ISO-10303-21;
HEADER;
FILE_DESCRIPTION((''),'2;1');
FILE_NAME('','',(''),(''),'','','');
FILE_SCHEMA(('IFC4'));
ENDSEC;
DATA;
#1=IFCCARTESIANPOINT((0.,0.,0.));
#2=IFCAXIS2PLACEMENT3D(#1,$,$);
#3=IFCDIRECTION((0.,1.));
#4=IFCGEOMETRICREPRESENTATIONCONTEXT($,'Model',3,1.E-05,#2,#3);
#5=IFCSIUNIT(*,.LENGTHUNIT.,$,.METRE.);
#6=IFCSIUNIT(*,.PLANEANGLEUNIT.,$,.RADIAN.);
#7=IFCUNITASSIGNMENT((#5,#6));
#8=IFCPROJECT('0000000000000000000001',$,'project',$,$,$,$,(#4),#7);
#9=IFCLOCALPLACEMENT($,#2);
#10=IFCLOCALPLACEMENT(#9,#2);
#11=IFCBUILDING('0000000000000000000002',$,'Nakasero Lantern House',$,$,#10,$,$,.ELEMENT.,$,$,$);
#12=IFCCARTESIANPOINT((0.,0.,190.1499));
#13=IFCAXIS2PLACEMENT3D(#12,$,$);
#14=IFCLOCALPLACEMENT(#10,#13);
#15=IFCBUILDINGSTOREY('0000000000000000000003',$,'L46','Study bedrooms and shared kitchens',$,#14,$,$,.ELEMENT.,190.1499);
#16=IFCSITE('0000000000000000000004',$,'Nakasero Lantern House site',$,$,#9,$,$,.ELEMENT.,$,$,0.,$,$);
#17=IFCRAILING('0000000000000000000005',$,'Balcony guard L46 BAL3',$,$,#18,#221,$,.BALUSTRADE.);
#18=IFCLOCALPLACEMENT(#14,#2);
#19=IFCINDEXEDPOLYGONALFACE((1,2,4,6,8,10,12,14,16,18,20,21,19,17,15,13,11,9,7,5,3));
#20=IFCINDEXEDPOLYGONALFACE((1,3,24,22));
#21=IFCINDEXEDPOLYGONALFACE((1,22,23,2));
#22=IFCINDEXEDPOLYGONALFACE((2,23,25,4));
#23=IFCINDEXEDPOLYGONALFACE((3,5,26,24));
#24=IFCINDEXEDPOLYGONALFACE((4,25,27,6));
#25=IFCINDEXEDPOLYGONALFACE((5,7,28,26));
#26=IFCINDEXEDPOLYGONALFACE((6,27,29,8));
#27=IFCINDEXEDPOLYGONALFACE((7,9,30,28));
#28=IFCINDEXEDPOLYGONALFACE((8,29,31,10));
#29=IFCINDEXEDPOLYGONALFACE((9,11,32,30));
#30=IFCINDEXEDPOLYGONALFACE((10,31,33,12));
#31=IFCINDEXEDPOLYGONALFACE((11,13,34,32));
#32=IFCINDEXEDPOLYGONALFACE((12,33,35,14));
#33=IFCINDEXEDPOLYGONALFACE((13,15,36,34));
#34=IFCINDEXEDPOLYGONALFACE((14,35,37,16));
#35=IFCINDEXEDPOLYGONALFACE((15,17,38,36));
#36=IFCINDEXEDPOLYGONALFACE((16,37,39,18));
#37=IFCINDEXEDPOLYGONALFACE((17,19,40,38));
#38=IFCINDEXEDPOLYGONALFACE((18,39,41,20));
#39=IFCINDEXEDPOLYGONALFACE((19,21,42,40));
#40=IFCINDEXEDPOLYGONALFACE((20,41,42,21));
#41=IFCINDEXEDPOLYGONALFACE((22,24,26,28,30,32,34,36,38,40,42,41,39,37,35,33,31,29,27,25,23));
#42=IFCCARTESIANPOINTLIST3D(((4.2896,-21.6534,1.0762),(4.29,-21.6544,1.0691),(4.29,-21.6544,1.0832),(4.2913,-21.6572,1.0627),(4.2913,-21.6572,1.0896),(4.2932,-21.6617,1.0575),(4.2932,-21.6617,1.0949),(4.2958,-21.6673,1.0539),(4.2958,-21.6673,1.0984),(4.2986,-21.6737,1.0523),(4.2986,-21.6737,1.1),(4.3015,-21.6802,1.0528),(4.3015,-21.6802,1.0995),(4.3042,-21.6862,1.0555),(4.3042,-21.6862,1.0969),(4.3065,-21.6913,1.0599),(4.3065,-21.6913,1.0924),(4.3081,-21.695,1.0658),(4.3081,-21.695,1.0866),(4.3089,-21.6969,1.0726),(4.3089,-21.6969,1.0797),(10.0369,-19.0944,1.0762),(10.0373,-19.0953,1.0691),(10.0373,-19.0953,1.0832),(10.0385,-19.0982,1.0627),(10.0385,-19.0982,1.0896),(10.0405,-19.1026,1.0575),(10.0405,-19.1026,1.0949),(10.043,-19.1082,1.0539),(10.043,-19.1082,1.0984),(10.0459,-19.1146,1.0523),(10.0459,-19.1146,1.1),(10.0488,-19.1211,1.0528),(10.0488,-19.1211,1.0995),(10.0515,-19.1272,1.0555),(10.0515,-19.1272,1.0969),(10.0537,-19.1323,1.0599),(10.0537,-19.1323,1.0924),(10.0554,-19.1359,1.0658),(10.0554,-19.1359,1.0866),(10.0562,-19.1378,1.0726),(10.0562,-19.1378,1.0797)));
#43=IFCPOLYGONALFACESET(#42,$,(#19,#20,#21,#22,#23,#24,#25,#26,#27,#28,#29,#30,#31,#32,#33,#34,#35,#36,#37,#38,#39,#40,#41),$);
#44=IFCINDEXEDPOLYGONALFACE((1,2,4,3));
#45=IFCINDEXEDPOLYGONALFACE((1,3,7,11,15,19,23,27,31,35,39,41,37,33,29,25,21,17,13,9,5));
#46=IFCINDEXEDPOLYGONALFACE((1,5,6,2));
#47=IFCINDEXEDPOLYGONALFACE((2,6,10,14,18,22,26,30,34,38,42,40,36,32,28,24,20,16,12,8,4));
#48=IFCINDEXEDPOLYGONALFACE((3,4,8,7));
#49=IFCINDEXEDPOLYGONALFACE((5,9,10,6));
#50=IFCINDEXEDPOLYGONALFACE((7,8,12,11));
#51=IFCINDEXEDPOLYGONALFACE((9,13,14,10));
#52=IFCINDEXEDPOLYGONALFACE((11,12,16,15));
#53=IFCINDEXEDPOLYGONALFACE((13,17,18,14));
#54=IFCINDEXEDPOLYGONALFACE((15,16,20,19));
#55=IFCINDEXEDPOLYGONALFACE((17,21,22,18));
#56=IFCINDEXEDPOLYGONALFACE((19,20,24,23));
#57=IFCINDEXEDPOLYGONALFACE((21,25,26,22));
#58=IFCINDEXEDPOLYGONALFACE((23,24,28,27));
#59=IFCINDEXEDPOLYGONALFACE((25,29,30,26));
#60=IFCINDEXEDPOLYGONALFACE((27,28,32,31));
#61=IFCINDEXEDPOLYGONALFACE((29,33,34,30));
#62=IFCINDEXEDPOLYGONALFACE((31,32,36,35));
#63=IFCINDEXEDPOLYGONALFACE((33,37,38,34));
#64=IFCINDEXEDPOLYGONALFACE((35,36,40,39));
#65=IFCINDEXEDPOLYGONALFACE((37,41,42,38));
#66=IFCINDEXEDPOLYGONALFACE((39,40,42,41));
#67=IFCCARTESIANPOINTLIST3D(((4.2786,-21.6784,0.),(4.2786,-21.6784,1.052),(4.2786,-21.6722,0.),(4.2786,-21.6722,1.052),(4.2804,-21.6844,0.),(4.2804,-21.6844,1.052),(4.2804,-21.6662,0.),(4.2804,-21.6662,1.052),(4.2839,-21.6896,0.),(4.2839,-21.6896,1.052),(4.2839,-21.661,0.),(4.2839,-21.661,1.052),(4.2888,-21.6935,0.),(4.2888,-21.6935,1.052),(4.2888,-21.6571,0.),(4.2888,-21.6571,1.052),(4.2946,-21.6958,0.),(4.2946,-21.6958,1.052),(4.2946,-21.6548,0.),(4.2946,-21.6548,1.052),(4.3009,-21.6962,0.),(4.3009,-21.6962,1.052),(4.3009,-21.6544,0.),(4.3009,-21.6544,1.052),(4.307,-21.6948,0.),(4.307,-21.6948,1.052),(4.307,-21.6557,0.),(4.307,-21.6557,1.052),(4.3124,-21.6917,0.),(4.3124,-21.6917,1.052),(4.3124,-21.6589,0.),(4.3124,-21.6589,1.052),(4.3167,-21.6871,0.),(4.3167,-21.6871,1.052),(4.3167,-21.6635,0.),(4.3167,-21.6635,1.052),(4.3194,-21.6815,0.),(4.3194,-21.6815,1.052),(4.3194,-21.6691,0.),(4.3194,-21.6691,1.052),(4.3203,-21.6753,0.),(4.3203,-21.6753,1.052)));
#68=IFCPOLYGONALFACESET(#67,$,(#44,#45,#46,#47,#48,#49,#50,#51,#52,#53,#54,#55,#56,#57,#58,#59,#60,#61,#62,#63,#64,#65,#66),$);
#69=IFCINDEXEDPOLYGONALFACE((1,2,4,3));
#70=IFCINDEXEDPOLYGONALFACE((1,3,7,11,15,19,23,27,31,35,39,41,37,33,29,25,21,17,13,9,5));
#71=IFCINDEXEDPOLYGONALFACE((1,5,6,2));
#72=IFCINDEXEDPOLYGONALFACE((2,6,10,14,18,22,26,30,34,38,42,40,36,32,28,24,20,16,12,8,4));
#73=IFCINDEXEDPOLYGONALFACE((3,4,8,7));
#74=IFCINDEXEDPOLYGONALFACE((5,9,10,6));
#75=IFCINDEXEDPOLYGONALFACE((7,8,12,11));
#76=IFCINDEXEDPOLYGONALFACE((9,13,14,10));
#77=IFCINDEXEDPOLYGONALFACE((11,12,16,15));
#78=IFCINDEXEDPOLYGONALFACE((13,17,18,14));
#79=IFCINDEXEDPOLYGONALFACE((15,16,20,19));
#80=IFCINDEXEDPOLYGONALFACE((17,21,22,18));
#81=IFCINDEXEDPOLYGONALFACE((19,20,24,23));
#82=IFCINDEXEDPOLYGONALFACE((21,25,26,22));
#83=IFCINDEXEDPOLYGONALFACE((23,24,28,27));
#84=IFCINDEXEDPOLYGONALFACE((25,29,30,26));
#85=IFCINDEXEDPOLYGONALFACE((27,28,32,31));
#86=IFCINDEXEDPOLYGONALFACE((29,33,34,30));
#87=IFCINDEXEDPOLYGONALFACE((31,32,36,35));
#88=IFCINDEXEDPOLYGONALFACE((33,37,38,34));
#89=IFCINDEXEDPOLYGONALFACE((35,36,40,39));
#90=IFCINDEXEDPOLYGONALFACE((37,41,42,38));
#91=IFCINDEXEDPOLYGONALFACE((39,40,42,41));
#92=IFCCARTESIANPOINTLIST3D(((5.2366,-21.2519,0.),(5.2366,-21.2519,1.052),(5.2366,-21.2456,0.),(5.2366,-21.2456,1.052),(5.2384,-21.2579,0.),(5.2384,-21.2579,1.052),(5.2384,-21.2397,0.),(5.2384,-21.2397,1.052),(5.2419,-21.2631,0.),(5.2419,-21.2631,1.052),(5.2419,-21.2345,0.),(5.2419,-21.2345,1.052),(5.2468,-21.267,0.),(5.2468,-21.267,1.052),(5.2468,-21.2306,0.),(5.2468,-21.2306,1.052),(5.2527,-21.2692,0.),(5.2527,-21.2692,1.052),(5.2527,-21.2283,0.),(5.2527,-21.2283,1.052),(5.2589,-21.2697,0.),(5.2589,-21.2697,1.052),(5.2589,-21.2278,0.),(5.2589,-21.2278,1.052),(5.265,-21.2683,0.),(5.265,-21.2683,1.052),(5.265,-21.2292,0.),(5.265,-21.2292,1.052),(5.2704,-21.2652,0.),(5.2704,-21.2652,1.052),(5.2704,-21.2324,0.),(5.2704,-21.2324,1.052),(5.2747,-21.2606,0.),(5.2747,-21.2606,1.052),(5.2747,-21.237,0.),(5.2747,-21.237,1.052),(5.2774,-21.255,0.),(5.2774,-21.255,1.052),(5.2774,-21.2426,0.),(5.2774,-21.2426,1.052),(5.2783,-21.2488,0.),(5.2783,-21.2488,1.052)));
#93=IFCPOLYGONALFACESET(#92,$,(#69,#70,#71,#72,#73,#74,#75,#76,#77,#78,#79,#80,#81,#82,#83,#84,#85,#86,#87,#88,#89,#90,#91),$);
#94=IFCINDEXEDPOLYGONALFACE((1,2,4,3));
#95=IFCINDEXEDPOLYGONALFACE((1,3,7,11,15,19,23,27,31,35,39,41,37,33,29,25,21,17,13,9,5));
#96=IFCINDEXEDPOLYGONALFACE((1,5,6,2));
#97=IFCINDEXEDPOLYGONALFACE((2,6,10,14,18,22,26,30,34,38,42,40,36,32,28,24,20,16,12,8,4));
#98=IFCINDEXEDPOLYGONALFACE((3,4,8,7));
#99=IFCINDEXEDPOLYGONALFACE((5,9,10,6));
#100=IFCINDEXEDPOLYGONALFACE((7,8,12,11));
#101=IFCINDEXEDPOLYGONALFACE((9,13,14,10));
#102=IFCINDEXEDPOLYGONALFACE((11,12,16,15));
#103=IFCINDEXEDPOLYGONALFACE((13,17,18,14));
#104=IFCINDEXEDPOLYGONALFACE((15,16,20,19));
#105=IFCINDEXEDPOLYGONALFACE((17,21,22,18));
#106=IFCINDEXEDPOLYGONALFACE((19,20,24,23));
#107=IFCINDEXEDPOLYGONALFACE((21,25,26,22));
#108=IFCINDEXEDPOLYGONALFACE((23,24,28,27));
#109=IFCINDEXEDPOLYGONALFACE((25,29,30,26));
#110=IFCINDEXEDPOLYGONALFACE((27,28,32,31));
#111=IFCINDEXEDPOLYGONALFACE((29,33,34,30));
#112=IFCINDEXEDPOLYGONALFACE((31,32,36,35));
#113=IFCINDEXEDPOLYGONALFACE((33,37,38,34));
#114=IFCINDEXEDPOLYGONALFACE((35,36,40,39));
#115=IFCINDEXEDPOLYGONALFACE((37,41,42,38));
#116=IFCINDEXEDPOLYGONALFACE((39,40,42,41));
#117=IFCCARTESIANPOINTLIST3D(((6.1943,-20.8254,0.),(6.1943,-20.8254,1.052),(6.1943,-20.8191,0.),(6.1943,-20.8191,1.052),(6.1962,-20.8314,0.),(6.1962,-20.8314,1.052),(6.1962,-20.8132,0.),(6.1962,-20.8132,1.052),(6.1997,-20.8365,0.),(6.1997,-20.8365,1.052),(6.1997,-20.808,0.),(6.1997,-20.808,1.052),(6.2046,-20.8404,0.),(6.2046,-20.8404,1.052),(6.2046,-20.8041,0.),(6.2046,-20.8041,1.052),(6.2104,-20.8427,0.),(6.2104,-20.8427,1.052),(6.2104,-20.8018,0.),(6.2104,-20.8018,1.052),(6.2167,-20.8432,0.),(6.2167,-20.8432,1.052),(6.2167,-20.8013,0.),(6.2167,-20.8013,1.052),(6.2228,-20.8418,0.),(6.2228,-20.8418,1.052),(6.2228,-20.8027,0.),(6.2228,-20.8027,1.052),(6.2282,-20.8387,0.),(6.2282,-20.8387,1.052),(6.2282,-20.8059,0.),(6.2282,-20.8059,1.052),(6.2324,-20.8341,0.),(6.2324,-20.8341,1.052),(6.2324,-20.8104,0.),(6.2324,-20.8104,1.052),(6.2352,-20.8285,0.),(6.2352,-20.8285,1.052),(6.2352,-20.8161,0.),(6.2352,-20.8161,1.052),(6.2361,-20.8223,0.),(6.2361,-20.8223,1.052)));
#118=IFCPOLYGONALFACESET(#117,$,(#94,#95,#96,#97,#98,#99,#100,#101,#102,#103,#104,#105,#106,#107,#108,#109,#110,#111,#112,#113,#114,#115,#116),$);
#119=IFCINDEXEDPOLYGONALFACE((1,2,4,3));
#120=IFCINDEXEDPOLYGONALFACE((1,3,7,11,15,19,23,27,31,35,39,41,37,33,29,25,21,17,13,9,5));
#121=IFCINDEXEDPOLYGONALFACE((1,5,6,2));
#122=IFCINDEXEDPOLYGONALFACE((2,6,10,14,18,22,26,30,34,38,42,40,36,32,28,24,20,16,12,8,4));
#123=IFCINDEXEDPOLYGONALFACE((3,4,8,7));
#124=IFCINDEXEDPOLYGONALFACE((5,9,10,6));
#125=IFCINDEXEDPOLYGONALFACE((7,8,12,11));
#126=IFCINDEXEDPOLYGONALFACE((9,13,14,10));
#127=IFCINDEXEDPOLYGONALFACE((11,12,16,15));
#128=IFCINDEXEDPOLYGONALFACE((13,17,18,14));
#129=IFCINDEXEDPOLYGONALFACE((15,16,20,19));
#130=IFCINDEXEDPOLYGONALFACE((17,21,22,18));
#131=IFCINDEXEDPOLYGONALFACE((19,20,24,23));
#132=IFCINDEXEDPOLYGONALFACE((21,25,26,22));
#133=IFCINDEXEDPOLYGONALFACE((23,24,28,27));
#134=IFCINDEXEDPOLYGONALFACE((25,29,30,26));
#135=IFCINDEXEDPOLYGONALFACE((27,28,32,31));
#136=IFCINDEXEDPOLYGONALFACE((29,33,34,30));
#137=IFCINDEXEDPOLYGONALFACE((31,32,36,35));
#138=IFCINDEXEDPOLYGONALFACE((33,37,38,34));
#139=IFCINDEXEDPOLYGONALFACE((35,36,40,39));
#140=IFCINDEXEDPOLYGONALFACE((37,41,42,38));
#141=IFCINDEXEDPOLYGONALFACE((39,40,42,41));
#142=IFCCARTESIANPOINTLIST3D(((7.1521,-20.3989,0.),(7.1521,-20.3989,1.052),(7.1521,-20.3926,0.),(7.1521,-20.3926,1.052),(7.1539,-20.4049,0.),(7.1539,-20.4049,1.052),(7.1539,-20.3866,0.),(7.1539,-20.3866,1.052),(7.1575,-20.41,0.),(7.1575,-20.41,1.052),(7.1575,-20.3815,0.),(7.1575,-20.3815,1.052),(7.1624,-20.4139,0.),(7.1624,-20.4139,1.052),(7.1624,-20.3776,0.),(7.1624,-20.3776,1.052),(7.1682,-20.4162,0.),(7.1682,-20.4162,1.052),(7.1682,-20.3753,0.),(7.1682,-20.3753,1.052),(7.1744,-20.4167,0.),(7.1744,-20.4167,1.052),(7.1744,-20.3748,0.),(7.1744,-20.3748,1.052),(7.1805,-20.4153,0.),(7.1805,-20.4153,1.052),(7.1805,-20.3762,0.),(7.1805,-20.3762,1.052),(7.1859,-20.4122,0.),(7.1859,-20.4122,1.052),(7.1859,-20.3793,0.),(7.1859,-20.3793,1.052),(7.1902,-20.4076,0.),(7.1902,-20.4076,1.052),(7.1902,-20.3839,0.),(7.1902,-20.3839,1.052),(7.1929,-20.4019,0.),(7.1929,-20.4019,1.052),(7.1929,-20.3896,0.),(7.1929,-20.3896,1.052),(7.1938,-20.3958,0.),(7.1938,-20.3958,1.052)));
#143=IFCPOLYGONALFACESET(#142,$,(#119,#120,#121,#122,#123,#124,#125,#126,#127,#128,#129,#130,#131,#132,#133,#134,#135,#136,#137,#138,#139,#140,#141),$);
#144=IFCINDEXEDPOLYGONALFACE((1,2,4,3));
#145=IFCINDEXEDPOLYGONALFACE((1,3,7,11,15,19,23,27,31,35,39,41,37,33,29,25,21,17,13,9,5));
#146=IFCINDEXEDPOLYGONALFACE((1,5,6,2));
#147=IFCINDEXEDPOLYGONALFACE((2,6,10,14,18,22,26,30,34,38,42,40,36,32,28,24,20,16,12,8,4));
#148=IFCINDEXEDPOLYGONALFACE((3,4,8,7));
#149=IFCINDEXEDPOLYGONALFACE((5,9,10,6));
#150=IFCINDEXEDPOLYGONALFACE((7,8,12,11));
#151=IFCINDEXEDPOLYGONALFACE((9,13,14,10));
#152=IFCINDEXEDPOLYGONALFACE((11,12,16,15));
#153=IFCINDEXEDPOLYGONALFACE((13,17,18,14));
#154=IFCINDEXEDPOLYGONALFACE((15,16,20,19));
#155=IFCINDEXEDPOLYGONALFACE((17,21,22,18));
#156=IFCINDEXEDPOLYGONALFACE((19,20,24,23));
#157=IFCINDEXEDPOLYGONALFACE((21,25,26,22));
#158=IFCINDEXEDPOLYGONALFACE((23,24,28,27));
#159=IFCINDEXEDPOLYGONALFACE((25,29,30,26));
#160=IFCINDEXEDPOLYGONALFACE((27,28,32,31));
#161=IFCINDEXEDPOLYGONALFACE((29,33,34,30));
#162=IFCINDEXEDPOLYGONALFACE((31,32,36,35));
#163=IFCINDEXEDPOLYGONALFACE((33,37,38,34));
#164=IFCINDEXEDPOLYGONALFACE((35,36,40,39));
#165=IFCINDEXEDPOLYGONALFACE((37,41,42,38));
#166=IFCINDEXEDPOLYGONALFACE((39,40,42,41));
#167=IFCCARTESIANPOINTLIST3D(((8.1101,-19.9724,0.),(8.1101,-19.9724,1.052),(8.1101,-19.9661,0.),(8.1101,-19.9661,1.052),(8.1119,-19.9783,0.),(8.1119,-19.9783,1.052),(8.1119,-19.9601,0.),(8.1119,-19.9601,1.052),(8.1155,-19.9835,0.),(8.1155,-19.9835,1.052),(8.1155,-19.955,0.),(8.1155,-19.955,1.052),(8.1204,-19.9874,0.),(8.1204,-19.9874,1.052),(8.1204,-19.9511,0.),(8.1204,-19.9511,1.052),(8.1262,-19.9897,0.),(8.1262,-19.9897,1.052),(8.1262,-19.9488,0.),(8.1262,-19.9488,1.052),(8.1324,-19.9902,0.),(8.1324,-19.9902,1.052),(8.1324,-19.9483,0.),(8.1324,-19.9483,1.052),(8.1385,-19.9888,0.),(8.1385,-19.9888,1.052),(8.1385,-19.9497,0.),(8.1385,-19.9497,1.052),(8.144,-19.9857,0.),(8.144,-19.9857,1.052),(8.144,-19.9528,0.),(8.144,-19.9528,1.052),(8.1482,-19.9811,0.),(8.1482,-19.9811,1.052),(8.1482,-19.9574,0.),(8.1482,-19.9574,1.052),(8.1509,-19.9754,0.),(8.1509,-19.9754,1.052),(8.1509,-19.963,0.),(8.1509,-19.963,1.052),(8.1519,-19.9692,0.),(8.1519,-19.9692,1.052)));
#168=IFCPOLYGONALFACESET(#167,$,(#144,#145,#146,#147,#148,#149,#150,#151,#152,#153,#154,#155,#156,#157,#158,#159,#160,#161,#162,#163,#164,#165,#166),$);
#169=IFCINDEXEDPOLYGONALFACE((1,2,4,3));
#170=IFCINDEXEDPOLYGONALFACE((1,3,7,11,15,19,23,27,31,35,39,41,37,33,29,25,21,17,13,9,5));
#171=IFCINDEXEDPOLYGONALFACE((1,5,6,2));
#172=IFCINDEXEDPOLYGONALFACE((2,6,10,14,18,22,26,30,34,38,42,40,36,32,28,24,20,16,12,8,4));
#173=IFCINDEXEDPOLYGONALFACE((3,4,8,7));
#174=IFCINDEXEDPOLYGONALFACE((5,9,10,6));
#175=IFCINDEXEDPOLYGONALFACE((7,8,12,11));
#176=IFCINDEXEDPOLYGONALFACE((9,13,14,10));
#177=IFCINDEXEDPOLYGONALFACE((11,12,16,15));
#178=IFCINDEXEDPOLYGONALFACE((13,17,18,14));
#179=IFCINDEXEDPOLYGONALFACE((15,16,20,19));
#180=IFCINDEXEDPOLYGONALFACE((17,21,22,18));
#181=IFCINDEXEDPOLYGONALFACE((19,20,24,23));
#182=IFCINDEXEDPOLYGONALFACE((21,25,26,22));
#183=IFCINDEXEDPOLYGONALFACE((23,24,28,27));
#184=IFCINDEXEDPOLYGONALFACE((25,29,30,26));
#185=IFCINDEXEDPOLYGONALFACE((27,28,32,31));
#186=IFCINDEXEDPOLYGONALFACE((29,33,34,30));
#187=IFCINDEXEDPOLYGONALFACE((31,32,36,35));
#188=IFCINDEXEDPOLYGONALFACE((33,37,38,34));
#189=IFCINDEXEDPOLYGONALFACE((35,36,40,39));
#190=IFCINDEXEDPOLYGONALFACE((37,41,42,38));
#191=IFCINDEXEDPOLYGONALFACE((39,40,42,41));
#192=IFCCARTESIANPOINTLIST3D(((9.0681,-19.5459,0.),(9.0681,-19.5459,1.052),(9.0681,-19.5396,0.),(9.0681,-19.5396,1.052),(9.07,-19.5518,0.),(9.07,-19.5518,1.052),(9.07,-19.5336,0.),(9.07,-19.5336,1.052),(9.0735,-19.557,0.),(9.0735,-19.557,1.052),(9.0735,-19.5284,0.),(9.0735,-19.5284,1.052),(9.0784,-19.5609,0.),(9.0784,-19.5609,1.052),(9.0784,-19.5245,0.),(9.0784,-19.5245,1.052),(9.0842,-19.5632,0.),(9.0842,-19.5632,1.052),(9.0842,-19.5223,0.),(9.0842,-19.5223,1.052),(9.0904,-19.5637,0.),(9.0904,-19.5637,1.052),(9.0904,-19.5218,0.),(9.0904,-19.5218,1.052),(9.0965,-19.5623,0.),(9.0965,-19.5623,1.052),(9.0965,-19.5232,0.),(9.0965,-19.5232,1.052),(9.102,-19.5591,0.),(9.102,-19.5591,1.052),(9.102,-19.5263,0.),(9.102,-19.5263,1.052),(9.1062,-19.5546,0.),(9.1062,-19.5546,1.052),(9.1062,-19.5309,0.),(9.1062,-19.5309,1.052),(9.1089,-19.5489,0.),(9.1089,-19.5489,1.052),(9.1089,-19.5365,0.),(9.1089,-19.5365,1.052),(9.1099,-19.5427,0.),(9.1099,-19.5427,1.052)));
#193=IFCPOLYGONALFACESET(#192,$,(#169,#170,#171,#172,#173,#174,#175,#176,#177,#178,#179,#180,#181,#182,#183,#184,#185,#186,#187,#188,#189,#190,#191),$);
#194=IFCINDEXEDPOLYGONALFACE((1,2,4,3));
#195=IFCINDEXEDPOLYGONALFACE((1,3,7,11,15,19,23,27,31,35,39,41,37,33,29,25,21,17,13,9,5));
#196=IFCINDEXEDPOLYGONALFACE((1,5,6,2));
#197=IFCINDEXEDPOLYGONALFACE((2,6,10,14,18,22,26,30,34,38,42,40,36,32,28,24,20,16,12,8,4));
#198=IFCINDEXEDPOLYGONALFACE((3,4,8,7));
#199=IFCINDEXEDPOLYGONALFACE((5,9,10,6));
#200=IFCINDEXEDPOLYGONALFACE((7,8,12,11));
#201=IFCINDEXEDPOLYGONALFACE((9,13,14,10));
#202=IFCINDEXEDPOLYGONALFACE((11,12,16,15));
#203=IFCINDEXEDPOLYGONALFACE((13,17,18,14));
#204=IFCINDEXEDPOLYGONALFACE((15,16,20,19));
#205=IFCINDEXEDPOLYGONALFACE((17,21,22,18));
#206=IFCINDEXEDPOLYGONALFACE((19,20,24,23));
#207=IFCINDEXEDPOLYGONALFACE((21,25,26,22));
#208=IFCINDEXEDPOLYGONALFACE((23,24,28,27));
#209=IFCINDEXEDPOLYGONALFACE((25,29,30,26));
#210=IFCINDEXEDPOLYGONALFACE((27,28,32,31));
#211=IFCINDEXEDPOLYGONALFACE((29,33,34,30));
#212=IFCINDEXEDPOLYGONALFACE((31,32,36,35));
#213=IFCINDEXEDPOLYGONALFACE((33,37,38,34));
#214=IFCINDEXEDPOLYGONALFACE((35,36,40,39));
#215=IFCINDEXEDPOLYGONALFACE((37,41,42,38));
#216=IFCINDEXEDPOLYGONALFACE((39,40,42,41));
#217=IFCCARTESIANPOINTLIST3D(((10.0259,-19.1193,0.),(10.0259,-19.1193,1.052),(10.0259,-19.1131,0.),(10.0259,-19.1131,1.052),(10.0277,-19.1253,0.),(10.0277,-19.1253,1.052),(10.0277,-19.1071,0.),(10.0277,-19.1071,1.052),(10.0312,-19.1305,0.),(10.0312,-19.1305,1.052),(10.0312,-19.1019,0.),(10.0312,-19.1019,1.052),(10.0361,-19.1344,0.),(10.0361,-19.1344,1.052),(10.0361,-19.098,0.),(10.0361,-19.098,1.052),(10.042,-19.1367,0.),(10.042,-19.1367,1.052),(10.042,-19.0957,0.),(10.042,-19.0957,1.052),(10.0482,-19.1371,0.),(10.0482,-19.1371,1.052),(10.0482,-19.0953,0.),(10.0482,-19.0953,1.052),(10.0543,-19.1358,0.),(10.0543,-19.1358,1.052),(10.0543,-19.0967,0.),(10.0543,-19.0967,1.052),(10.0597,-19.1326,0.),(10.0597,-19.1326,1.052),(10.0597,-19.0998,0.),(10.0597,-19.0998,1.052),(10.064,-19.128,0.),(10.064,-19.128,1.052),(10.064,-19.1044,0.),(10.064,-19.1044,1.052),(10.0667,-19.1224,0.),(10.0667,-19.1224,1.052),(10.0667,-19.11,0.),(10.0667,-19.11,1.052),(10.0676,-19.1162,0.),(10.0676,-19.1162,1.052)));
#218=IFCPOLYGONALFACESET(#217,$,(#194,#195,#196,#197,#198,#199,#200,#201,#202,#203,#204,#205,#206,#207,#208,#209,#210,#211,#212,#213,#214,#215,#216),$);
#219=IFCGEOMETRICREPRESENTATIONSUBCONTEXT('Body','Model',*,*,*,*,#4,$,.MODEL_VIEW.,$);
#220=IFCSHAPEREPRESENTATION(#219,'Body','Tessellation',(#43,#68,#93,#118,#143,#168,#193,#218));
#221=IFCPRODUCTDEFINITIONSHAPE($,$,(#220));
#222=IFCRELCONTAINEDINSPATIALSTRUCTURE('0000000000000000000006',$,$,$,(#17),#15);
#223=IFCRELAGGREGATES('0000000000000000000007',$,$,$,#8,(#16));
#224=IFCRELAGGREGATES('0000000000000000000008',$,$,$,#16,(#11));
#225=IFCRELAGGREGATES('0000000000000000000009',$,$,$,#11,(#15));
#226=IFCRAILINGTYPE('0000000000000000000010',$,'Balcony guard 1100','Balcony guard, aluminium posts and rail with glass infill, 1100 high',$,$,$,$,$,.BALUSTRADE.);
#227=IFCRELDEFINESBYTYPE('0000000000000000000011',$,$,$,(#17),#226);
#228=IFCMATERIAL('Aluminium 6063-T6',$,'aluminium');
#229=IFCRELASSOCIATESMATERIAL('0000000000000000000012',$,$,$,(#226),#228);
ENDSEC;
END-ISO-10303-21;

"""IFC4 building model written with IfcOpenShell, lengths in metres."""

from ifc_helpers import new_model, si_unit, direction, frame, origin, origin_2d, place, context, subcontext, project, spatial, circle, extrude, material, type_object, element, save


model = new_model("IFC4")

# Units and contexts
model_context = context("Model", 3, precision=1e-05, world=origin(), true_north=direction((0.0, 1.0)))
body_context = subcontext(model_context, "Body", "Model", "MODEL_VIEW")
ifc_project = project(units=[si_unit("LENGTHUNIT", "METRE"), si_unit("PLANEANGLEUNIT", "RADIAN")], contexts=[model_context])

# Site, building, storey
site_placement = place(None, origin())
site = spatial("IfcSite", under=ifc_project, at=site_placement, Name="Nakasero Lantern House site", CompositionType="ELEMENT", RefElevation=0.0)
building_placement = place(site_placement, origin())
building = spatial("IfcBuilding", under=site, at=building_placement, Name="Nakasero Lantern House", CompositionType="ELEMENT")
storey_placement = place(building_placement, frame((0.0, 0.0, 190.1499)))
storey = spatial("IfcBuildingStorey", under=building, at=storey_placement, Name="L46", Description="Study bedrooms and shared kitchens", CompositionType="ELEMENT", Elevation=190.1499)

# Railing
ifc_material_1 = material(Name="Aluminium 6063-T6", Category="aluminium")
railing_type = type_object("IfcRailingType", Name="Balcony guard 1100", Description="Balcony guard, aluminium posts and rail with glass infill, 1100 high", PredefinedType="BALUSTRADE", material=ifc_material_1)
railing_placement = place(storey_placement, frame((4.2993, -21.6753, 0.0)))
element("IfcRailing", 1, at=railing_placement, inside=storey, type_object=railing_type, Name="Balcony guard L46 BAL3", PredefinedType="BALUSTRADE", context=body_context, shape_type="SweptSolid", body=[
    extrude(circle(Radius=0.0239, at=origin_2d()), frame((0.0, 0.0, 1.0762), z_axis=(0.913533, 0.406765, 0.0), x_axis=(-0.406765, 0.913533, 0.0)), (0.0, 0.0, 1.0), 6.2913),
    extrude(circle(Radius=0.021, at=origin_2d()), origin(), (0.0, 0.0, 1.0), 1.052),
    extrude(circle(Radius=0.021, at=origin_2d()), frame((0.958, 0.4265, 0.0)), (0.0, 0.0, 1.0), 1.052),
    extrude(circle(Radius=0.021, at=origin_2d()), frame((1.9158, 0.853, 0.0)), (0.0, 0.0, 1.0), 1.052),
    extrude(circle(Radius=0.021, at=origin_2d()), frame((2.8735, 1.2795, 0.0)), (0.0, 0.0, 1.0), 1.052),
    extrude(circle(Radius=0.021, at=origin_2d()), frame((3.8315, 1.7061, 0.0)), (0.0, 0.0, 1.0), 1.052),
    extrude(circle(Radius=0.021, at=origin_2d()), frame((4.7896, 2.1326, 0.0)), (0.0, 0.0, 1.0), 1.052),
    extrude(circle(Radius=0.021, at=origin_2d()), frame((5.7473, 2.5591, 0.0)), (0.0, 0.0, 1.0), 1.052),
])

save(model, "model.ifc")
